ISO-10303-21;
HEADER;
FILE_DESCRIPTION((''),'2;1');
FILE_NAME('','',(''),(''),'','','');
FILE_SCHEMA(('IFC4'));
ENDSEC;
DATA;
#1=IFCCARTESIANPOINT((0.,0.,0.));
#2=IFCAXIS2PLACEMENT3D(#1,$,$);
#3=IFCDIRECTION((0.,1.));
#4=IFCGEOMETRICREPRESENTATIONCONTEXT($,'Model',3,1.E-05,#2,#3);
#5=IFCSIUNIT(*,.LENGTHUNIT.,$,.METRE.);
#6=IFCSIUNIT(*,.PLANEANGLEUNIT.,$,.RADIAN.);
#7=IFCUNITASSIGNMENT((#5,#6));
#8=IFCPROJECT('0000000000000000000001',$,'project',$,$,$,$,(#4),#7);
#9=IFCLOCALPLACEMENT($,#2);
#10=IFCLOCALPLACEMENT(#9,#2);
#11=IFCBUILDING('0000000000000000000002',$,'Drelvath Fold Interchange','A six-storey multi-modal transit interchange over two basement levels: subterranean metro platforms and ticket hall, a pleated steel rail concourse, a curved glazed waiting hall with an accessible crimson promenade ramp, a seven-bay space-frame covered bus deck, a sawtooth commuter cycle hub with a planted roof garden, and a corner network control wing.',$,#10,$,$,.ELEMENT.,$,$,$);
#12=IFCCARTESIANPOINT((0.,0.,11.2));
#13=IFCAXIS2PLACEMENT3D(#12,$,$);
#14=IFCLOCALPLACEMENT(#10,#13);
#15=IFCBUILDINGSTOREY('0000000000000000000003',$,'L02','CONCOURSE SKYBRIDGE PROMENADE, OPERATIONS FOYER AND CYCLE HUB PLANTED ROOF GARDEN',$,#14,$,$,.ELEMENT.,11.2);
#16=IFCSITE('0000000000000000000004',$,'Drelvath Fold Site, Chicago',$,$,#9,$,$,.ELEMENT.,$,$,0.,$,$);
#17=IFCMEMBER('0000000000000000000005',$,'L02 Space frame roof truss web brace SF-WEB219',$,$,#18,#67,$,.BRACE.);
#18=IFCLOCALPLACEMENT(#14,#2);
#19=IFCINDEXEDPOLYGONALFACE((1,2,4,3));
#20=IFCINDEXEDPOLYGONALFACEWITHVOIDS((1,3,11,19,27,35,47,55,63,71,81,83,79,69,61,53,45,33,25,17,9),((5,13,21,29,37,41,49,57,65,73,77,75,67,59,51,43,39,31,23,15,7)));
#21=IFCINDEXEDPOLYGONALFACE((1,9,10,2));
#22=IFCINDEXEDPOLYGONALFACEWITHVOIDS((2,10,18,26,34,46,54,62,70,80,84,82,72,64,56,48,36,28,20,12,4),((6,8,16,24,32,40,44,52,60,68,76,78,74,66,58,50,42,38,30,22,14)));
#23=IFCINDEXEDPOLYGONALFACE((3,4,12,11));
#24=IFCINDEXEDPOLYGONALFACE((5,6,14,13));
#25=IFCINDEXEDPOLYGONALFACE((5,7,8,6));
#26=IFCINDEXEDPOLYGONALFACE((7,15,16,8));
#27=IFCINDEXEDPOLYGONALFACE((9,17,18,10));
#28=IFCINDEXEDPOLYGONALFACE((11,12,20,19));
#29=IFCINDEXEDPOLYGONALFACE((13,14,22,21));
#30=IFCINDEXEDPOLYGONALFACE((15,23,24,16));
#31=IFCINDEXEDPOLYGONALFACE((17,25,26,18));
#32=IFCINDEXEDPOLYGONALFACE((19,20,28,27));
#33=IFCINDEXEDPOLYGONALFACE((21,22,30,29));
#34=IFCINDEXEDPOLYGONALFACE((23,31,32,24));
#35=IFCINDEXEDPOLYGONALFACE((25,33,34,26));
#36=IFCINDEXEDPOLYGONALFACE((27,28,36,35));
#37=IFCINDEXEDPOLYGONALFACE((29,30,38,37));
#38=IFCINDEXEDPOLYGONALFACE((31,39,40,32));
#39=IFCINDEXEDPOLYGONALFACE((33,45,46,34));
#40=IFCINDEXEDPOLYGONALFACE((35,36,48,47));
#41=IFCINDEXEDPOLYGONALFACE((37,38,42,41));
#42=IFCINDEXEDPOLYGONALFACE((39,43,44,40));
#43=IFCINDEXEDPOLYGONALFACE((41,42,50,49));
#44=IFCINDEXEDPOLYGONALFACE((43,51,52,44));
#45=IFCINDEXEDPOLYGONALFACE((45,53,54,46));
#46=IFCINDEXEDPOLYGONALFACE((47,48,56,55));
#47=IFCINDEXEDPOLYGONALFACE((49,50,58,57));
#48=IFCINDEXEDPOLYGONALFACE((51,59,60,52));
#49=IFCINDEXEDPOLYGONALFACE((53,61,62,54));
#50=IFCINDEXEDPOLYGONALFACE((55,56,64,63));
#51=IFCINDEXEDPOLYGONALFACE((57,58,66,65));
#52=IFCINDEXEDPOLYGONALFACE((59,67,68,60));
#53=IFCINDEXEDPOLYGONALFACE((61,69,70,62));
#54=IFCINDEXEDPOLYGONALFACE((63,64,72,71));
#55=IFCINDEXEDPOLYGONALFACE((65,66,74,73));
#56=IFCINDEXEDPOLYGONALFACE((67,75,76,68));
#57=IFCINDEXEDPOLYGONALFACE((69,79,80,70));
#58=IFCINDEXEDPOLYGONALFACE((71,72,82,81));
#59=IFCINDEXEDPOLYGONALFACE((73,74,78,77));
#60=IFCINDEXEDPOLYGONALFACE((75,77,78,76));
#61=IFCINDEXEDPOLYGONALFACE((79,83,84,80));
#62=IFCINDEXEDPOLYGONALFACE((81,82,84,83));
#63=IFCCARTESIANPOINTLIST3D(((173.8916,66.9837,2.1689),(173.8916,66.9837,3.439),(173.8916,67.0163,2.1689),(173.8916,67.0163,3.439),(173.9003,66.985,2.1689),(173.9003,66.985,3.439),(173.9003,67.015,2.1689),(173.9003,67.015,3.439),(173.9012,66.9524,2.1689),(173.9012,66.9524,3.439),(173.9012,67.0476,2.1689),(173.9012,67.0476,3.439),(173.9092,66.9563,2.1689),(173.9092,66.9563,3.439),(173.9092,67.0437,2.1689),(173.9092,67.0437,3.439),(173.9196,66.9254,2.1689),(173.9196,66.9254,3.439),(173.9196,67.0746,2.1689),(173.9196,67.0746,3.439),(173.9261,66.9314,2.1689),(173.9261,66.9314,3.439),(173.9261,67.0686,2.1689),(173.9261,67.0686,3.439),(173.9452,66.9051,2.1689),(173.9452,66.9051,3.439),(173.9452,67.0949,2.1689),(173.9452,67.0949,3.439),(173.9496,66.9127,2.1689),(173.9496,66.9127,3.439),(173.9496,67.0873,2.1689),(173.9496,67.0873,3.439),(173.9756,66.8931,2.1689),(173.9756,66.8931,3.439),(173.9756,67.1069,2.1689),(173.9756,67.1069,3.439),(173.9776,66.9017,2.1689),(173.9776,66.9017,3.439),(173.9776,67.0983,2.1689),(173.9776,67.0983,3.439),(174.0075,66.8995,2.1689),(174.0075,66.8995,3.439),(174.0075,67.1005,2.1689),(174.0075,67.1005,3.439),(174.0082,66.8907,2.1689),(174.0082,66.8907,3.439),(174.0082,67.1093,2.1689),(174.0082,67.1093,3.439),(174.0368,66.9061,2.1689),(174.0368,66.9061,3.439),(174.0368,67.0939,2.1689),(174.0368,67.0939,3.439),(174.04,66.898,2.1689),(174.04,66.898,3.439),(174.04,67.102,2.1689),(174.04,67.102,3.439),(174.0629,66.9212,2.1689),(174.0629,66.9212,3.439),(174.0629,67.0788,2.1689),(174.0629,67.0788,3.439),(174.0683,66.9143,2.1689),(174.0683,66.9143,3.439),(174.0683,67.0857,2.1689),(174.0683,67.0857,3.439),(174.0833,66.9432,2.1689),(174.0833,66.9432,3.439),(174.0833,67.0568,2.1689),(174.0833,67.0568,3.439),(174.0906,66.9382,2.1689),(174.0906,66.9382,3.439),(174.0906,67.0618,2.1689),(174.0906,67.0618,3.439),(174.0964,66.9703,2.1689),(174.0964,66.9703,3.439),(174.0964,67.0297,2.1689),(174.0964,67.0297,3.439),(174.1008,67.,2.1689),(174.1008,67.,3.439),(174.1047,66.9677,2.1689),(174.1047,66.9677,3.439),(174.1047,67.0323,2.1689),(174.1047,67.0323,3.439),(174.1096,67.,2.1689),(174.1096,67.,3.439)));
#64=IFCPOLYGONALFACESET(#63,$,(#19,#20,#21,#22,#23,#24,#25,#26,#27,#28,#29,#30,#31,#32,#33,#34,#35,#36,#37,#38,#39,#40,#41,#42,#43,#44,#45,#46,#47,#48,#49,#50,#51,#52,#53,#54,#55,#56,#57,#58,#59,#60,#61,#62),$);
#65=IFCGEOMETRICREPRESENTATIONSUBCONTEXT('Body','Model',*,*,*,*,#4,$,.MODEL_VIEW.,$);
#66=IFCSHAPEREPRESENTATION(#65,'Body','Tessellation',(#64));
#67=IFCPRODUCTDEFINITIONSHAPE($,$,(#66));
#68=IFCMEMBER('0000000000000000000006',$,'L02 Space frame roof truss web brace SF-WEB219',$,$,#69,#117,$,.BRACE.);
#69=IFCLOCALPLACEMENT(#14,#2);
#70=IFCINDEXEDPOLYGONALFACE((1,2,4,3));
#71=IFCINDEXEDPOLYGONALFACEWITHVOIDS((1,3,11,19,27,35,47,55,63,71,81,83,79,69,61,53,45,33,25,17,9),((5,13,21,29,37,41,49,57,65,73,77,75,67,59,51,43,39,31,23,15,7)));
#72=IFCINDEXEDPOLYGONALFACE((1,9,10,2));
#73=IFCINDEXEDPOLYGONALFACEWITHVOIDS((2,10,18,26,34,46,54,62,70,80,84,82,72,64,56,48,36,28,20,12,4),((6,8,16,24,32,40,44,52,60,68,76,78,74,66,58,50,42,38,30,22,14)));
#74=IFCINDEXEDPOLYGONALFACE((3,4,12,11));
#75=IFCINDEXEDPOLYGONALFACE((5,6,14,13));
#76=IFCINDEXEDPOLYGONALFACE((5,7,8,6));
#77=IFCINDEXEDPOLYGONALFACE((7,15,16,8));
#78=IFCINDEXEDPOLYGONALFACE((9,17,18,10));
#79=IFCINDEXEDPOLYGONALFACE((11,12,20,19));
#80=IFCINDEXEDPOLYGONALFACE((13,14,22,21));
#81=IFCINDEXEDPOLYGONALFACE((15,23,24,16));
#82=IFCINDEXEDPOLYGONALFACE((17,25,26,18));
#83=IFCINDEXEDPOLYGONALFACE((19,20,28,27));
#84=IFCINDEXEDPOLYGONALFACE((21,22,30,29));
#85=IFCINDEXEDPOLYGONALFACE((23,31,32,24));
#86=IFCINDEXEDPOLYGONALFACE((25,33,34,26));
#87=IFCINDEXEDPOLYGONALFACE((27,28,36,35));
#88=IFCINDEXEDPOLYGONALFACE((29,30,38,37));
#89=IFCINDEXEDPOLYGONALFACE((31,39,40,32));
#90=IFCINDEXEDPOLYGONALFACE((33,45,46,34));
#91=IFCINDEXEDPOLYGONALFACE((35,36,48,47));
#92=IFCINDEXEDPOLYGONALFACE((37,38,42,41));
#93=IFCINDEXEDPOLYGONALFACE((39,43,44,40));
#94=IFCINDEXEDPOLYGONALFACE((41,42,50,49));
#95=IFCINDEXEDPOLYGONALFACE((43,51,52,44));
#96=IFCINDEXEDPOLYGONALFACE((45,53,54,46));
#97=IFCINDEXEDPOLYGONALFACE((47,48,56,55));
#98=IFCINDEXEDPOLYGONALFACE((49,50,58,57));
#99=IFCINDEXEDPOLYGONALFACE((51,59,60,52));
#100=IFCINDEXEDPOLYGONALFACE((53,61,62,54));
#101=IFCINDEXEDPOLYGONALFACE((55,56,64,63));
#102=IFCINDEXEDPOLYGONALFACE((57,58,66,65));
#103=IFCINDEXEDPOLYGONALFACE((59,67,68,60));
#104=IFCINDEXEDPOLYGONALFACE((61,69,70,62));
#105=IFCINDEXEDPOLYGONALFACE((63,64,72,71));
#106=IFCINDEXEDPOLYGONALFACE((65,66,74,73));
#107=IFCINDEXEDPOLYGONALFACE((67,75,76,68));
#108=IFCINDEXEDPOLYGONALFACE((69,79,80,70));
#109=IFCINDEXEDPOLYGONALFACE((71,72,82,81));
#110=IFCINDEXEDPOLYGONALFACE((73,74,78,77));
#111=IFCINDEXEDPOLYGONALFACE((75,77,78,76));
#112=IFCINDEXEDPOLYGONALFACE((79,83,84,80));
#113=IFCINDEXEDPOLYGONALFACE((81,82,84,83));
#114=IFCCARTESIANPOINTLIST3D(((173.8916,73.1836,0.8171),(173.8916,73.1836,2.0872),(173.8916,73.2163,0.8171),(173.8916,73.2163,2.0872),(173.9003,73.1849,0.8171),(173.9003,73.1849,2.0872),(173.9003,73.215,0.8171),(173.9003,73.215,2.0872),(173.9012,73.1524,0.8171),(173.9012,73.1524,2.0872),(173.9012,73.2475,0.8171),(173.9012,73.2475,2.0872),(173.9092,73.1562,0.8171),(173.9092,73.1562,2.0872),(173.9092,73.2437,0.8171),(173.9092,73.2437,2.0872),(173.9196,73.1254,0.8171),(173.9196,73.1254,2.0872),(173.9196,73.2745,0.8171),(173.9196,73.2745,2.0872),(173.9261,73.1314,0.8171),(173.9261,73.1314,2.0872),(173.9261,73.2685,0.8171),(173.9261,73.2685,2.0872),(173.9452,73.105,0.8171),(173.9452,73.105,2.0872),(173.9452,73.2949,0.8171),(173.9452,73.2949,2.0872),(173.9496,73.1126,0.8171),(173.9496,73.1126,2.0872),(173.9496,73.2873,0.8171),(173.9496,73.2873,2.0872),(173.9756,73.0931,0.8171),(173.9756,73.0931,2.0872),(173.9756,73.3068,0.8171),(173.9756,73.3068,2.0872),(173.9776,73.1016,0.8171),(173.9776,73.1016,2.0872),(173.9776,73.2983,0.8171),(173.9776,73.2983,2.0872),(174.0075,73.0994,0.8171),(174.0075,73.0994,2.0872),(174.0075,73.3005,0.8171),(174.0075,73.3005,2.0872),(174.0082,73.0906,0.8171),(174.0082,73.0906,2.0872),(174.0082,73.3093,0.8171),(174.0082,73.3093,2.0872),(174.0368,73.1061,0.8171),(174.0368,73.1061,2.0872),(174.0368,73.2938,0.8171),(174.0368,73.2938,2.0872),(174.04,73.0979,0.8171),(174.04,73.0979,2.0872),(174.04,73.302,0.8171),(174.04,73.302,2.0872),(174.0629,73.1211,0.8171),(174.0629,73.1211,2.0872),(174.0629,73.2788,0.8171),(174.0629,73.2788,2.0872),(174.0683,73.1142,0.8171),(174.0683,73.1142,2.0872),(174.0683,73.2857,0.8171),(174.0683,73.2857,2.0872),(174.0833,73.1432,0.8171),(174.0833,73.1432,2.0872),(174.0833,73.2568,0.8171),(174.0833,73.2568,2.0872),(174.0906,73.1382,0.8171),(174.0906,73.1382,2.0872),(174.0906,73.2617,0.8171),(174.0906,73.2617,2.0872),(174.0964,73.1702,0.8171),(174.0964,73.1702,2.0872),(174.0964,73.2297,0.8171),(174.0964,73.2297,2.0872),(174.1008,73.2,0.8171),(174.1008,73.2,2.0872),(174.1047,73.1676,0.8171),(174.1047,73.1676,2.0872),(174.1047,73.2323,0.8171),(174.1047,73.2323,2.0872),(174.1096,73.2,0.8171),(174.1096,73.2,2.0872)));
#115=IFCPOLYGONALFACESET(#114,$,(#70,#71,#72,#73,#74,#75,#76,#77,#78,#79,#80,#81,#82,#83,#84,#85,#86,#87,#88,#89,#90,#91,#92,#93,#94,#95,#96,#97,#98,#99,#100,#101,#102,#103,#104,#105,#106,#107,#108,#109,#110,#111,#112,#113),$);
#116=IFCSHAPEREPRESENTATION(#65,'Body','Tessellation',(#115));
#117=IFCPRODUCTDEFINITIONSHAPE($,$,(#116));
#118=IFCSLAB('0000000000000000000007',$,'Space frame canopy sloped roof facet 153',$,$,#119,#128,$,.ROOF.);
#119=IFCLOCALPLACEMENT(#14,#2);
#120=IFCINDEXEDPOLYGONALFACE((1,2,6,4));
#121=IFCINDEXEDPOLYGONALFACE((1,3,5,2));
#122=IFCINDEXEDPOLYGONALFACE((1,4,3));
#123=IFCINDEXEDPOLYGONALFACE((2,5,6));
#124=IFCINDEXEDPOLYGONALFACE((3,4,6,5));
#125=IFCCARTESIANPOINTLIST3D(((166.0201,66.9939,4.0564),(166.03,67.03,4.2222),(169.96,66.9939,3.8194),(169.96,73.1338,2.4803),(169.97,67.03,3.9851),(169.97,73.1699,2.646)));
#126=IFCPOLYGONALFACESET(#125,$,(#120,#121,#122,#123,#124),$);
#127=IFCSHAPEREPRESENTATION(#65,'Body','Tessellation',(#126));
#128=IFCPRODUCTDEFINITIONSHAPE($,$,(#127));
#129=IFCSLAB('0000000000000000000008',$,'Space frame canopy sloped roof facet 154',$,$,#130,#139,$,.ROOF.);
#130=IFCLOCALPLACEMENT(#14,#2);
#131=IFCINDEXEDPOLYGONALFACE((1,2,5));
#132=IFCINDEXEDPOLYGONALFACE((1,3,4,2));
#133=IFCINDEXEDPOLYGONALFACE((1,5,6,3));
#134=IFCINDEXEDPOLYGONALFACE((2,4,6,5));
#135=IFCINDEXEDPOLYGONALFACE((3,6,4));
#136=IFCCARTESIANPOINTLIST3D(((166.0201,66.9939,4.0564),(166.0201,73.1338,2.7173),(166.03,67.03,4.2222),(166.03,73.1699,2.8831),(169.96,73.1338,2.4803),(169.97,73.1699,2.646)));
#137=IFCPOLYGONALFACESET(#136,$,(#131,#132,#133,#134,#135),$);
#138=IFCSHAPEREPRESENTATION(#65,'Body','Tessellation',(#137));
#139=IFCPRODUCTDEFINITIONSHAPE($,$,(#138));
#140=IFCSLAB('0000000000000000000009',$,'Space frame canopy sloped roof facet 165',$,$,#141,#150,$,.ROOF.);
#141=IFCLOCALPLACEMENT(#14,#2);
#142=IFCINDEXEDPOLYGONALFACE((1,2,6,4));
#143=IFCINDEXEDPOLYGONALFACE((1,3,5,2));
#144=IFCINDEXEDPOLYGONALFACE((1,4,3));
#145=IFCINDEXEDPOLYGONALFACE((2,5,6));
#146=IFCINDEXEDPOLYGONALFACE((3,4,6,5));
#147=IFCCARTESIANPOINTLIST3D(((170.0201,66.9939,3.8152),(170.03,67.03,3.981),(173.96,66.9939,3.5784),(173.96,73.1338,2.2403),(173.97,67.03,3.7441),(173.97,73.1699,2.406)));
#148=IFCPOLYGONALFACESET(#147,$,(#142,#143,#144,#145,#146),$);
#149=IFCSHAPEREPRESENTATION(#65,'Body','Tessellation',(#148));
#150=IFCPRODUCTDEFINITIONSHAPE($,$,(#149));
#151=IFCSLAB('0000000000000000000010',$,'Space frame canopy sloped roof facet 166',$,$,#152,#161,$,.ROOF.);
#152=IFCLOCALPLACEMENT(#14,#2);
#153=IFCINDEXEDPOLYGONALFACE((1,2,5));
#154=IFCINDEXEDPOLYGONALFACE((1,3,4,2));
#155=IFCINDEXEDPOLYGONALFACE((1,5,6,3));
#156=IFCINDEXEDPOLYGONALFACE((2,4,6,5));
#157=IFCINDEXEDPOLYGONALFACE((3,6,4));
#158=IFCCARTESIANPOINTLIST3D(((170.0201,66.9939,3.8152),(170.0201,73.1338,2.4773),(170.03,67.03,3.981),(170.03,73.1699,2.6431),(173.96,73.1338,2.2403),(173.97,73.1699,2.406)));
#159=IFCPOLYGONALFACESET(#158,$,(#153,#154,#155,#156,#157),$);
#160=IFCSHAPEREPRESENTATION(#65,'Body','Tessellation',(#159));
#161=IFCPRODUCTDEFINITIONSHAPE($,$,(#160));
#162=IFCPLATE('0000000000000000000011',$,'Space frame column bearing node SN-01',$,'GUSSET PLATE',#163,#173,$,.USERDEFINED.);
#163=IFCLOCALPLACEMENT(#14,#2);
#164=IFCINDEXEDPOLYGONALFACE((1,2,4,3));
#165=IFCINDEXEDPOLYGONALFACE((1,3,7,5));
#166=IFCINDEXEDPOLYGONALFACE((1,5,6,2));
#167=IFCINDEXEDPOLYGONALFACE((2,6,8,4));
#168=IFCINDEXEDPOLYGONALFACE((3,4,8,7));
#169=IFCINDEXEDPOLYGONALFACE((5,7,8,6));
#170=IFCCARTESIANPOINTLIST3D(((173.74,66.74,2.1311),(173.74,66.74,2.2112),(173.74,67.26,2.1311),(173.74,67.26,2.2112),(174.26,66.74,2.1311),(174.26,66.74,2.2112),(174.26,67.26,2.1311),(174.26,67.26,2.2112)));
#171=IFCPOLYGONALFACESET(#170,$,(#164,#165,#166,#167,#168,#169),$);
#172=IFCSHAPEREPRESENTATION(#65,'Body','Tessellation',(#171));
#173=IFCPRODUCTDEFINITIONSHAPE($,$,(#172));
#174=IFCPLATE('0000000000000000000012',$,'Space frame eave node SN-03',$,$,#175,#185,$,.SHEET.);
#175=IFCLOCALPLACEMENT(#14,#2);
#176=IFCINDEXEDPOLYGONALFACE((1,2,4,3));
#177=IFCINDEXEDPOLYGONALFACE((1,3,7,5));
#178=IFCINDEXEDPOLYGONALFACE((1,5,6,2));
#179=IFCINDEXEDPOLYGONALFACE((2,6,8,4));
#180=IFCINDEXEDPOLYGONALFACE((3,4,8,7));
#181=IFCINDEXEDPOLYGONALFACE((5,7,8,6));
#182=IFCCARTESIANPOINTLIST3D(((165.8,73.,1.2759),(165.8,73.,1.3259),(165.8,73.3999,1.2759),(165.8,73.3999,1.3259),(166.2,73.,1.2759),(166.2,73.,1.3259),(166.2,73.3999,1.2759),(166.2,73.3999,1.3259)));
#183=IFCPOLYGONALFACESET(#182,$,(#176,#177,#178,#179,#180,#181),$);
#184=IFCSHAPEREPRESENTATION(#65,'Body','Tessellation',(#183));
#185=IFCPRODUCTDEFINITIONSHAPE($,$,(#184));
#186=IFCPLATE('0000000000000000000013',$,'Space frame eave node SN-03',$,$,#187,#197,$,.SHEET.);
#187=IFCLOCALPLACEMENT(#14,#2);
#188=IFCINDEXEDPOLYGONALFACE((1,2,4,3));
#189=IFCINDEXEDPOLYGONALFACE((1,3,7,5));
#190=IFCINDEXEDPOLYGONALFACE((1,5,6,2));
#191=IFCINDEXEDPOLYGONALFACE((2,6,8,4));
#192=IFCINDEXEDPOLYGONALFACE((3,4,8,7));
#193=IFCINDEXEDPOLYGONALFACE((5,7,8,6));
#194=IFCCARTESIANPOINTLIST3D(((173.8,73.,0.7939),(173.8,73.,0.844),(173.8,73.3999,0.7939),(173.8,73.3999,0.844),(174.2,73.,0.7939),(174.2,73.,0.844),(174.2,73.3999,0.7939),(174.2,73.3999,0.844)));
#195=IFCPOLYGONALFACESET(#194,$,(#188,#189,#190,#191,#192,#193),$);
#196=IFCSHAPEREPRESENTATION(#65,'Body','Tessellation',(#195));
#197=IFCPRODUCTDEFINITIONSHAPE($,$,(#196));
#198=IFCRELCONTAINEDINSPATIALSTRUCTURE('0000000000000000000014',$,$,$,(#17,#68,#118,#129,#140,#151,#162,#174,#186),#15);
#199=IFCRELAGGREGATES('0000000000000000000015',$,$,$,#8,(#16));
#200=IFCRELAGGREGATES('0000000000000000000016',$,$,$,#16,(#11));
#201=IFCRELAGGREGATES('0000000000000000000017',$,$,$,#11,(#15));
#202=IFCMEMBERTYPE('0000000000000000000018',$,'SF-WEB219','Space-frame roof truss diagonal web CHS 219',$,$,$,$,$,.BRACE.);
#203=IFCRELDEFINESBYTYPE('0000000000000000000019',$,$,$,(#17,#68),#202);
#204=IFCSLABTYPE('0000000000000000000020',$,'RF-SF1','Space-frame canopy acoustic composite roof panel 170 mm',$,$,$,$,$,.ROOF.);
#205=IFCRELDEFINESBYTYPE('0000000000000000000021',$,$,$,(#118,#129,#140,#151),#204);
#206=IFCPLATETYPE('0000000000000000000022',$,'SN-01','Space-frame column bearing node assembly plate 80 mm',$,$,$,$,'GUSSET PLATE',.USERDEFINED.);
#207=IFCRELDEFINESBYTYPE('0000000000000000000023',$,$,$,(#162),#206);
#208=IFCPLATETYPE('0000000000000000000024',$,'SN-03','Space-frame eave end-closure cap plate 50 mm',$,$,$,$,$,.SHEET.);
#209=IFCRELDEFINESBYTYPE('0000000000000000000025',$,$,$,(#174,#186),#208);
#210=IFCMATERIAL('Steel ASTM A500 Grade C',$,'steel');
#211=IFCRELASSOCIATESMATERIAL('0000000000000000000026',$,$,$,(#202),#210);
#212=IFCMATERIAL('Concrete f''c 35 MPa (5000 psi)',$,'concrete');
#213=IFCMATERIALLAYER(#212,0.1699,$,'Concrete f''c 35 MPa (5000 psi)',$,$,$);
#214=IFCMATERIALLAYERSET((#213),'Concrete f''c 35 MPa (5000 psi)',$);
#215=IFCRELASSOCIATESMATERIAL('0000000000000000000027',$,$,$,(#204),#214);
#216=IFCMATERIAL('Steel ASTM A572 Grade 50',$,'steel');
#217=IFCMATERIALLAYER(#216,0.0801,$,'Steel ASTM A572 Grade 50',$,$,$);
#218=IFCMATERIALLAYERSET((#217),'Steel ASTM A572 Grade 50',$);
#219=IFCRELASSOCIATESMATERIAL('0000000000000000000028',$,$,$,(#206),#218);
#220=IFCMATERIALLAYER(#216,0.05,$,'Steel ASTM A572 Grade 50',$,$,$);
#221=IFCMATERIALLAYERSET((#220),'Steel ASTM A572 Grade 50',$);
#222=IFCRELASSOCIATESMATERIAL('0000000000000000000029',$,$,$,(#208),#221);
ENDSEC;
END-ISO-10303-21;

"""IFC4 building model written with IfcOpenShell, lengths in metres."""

from ifc_helpers import new_model, si_unit, direction, frame, origin, origin_2d, place, context, subcontext, project, spatial, polyline, rectangle, hollow_circle, outline, extrude, material, layer, layer_set, material_profile, profile_set, type_object, element, save


model = new_model("IFC4")

# Units and contexts
model_context = context("Model", 3, precision=1e-05, world=origin(), true_north=direction((0.0, 1.0)))
body_context = subcontext(model_context, "Body", "Model", "MODEL_VIEW")
ifc_project = project(units=[si_unit("LENGTHUNIT", "METRE"), si_unit("PLANEANGLEUNIT", "RADIAN")], contexts=[model_context])

# Site, building, storey
site_placement = place(None, origin())
site = spatial("IfcSite", under=ifc_project, at=site_placement, Name="Drelvath Fold Site, Chicago", CompositionType="ELEMENT", RefElevation=0.0)
building_placement = place(site_placement, origin())
building = spatial("IfcBuilding", under=site, at=building_placement, Name="Drelvath Fold Interchange", Description="A six-storey multi-modal transit interchange over two basement levels: subterranean metro platforms and ticket hall, a pleated steel rail concourse, a curved glazed waiting hall with an accessible crimson promenade ramp, a seven-bay space-frame covered bus deck, a sawtooth commuter cycle hub with a planted roof garden, and a corner network control wing.", CompositionType="ELEMENT")
storey_placement = place(building_placement, frame((0.0, 0.0, 11.2)))
storey = spatial("IfcBuildingStorey", under=building, at=storey_placement, Name="L02", Description="CONCOURSE SKYBRIDGE PROMENADE, OPERATIONS FOYER AND CYCLE HUB PLANTED ROOF GARDEN", CompositionType="ELEMENT", Elevation=11.2)

# Shared definitions
ifc_material_1 = material(Name="Steel ASTM A500 Grade C", Category="steel")

# Members
ifc_material_profile_1 = material_profile(ifc_material_1, hollow_circle(Radius=0.1096, WallThickness=0.0088, at=origin_2d()), Name="HSS8.625X0.375")
ifc_profile_set_1 = profile_set([ifc_material_profile_1], Name="Steel ASTM A500 Grade C")
member_type_1 = type_object("IfcMemberType", Name="SF-WEB219", Description="Space-frame roof truss diagonal web CHS 219", PredefinedType="BRACE", material=ifc_profile_set_1)
for number, where, z_axis, x_axis, name in (
    (1, (174.0, 67.0, 2.1689), (0.0, 0.0, 1.0), (1.0, 0.0, 0.0), "L02 Space frame roof truss web brace SF-WEB219"),
    (2, (174.0, 73.2, 0.8171), (0.0, 0.0, 1.0), (1.0, 0.0, 0.0), "L02 Space frame roof truss web brace SF-WEB219"),
):
    element("IfcMember", number, at=place(storey_placement, frame(where, z_axis=z_axis, x_axis=x_axis)), inside=storey, type_object=member_type_1, Name=name, PredefinedType="BRACE", context=body_context, shape_type="SweptSolid", body=[
        extrude(hollow_circle(Radius=0.1096, WallThickness=0.0088, at=origin_2d()), origin(), (0.0, 0.0, 1.0), 1.27),
    ])

# Slabs
ifc_material_2 = material(Name="Concrete f'c 35 MPa (5000 psi)", Category="concrete")
ifc_layer_1 = layer(ifc_material_2, 0.1699, Name="Concrete f'c 35 MPa (5000 psi)")
ifc_layer_set_1 = layer_set([ifc_layer_1], Name="Concrete f'c 35 MPa (5000 psi)")
slab_type = type_object("IfcSlabType", Name="RF-SF1", Description="Space-frame canopy acoustic composite roof panel 170 mm", PredefinedType="ROOF", material=ifc_layer_set_1)
slab_1_placement = place(storey_placement, frame((166.03, 67.03, 4.2222), z_axis=(0.058685, 0.212724, 0.975348), x_axis=(0.998195, 0.0, -0.06006)))
element("IfcSlab", 3, at=slab_1_placement, inside=storey, type_object=slab_type, Name="Space frame canopy sloped roof facet 153", PredefinedType="ROOF", context=body_context, shape_type="SweptSolid", body=[
    extrude(outline(polyline([(0.0, 0.0), (3.9471, 0.0), (4.0275, 6.2837), (0.0, 0.0)])), origin(), (0.0, 0.0, -1.0), 0.1699),
])
slab_2_placement = place(storey_placement, frame((166.03, 67.03, 4.2222), z_axis=(0.058685, 0.212724, 0.975348), x_axis=(0.527886, 0.822642, -0.21118)))
element("IfcSlab", 4, at=slab_2_placement, inside=storey, type_object=slab_type, Name="Space frame canopy sloped roof facet 154", PredefinedType="ROOF", context=body_context, shape_type="SweptSolid", body=[
    extrude(outline(polyline([(0.0, 0.0), (7.4636, 0.0), (5.3337, 3.3231), (0.0, 0.0)])), origin(), (0.0, 0.0, -1.0), 0.1699),
])
slab_3_placement = place(storey_placement, frame((170.03, 67.03, 3.981), z_axis=(0.058627, 0.212576, 0.975384), x_axis=(0.998198, 0.0, -0.059998)))
element("IfcSlab", 5, at=slab_3_placement, inside=storey, type_object=slab_type, Name="Space frame canopy sloped roof facet 165", PredefinedType="ROOF", context=body_context, shape_type="SweptSolid", body=[
    extrude(outline(polyline([(0.0, 0.0), (3.9471, 0.0), (4.0273, 6.2835), (0.0, 0.0)])), origin(), (0.0, 0.0, -1.0), 0.1699),
])
slab_4_placement = place(storey_placement, frame((170.03, 67.03, 3.981), z_axis=(0.058688, 0.212538, 0.975389), x_axis=(0.527904, 0.82267, -0.211024)))
element("IfcSlab", 6, at=slab_4_placement, inside=storey, type_object=slab_type, Name="Space frame canopy sloped roof facet 166", PredefinedType="ROOF", context=body_context, shape_type="SweptSolid", body=[
    extrude(outline(polyline([(0.0, 0.0), (7.4634, 0.0), (5.3334, 3.3231), (0.0, 0.0)])), origin(), (0.0, 0.0, -1.0), 0.1699),
])

# Plates
ifc_material_3 = material(Name="Steel ASTM A572 Grade 50", Category="steel")
ifc_layer_2 = layer(ifc_material_3, 0.0801, Name="Steel ASTM A572 Grade 50")
ifc_layer_set_2 = layer_set([ifc_layer_2], Name="Steel ASTM A572 Grade 50")
plate_type_1 = type_object("IfcPlateType", Name="SN-01", Description="Space-frame column bearing node assembly plate 80 mm", ElementType="GUSSET PLATE", PredefinedType="USERDEFINED", material=ifc_layer_set_2)
plate_1_placement = place(storey_placement, frame((174.0, 67.0, 2.1311), z_axis=(0.0, 0.0, 1.0), x_axis=(1.0, 0.0, 0.0)))
element("IfcPlate", 7, at=plate_1_placement, inside=storey, type_object=plate_type_1, Name="Space frame column bearing node SN-01", ObjectType="GUSSET PLATE", PredefinedType="USERDEFINED", context=body_context, shape_type="SweptSolid", body=[
    extrude(rectangle(XDim=0.52, YDim=0.52, at=origin_2d()), origin(), (0.0, 0.0, 1.0), 0.0801),
])
ifc_layer_3 = layer(ifc_material_3, 0.05, Name="Steel ASTM A572 Grade 50")
ifc_layer_set_3 = layer_set([ifc_layer_3], Name="Steel ASTM A572 Grade 50")
plate_type_2 = type_object("IfcPlateType", Name="SN-03", Description="Space-frame eave end-closure cap plate 50 mm", PredefinedType="SHEET", material=ifc_layer_set_3)
for number, where, z_axis, x_axis, name in (
    (8, (166.0, 73.2, 1.2759), (0.0, 0.0, 1.0), (1.0, 0.0, 0.0), "Space frame eave node SN-03"),
    (9, (174.0, 73.2, 0.7939), (0.0, 0.0, 1.0), (1.0, 0.0, 0.0), "Space frame eave node SN-03"),
):
    element("IfcPlate", number, at=place(storey_placement, frame(where, z_axis=z_axis, x_axis=x_axis)), inside=storey, type_object=plate_type_2, Name=name, PredefinedType="SHEET", context=body_context, shape_type="SweptSolid", body=[
        extrude(rectangle(XDim=0.3999, YDim=0.3999, at=origin_2d()), origin(), (0.0, 0.0, 1.0), 0.05),
    ])

save(model, "model.ifc")
